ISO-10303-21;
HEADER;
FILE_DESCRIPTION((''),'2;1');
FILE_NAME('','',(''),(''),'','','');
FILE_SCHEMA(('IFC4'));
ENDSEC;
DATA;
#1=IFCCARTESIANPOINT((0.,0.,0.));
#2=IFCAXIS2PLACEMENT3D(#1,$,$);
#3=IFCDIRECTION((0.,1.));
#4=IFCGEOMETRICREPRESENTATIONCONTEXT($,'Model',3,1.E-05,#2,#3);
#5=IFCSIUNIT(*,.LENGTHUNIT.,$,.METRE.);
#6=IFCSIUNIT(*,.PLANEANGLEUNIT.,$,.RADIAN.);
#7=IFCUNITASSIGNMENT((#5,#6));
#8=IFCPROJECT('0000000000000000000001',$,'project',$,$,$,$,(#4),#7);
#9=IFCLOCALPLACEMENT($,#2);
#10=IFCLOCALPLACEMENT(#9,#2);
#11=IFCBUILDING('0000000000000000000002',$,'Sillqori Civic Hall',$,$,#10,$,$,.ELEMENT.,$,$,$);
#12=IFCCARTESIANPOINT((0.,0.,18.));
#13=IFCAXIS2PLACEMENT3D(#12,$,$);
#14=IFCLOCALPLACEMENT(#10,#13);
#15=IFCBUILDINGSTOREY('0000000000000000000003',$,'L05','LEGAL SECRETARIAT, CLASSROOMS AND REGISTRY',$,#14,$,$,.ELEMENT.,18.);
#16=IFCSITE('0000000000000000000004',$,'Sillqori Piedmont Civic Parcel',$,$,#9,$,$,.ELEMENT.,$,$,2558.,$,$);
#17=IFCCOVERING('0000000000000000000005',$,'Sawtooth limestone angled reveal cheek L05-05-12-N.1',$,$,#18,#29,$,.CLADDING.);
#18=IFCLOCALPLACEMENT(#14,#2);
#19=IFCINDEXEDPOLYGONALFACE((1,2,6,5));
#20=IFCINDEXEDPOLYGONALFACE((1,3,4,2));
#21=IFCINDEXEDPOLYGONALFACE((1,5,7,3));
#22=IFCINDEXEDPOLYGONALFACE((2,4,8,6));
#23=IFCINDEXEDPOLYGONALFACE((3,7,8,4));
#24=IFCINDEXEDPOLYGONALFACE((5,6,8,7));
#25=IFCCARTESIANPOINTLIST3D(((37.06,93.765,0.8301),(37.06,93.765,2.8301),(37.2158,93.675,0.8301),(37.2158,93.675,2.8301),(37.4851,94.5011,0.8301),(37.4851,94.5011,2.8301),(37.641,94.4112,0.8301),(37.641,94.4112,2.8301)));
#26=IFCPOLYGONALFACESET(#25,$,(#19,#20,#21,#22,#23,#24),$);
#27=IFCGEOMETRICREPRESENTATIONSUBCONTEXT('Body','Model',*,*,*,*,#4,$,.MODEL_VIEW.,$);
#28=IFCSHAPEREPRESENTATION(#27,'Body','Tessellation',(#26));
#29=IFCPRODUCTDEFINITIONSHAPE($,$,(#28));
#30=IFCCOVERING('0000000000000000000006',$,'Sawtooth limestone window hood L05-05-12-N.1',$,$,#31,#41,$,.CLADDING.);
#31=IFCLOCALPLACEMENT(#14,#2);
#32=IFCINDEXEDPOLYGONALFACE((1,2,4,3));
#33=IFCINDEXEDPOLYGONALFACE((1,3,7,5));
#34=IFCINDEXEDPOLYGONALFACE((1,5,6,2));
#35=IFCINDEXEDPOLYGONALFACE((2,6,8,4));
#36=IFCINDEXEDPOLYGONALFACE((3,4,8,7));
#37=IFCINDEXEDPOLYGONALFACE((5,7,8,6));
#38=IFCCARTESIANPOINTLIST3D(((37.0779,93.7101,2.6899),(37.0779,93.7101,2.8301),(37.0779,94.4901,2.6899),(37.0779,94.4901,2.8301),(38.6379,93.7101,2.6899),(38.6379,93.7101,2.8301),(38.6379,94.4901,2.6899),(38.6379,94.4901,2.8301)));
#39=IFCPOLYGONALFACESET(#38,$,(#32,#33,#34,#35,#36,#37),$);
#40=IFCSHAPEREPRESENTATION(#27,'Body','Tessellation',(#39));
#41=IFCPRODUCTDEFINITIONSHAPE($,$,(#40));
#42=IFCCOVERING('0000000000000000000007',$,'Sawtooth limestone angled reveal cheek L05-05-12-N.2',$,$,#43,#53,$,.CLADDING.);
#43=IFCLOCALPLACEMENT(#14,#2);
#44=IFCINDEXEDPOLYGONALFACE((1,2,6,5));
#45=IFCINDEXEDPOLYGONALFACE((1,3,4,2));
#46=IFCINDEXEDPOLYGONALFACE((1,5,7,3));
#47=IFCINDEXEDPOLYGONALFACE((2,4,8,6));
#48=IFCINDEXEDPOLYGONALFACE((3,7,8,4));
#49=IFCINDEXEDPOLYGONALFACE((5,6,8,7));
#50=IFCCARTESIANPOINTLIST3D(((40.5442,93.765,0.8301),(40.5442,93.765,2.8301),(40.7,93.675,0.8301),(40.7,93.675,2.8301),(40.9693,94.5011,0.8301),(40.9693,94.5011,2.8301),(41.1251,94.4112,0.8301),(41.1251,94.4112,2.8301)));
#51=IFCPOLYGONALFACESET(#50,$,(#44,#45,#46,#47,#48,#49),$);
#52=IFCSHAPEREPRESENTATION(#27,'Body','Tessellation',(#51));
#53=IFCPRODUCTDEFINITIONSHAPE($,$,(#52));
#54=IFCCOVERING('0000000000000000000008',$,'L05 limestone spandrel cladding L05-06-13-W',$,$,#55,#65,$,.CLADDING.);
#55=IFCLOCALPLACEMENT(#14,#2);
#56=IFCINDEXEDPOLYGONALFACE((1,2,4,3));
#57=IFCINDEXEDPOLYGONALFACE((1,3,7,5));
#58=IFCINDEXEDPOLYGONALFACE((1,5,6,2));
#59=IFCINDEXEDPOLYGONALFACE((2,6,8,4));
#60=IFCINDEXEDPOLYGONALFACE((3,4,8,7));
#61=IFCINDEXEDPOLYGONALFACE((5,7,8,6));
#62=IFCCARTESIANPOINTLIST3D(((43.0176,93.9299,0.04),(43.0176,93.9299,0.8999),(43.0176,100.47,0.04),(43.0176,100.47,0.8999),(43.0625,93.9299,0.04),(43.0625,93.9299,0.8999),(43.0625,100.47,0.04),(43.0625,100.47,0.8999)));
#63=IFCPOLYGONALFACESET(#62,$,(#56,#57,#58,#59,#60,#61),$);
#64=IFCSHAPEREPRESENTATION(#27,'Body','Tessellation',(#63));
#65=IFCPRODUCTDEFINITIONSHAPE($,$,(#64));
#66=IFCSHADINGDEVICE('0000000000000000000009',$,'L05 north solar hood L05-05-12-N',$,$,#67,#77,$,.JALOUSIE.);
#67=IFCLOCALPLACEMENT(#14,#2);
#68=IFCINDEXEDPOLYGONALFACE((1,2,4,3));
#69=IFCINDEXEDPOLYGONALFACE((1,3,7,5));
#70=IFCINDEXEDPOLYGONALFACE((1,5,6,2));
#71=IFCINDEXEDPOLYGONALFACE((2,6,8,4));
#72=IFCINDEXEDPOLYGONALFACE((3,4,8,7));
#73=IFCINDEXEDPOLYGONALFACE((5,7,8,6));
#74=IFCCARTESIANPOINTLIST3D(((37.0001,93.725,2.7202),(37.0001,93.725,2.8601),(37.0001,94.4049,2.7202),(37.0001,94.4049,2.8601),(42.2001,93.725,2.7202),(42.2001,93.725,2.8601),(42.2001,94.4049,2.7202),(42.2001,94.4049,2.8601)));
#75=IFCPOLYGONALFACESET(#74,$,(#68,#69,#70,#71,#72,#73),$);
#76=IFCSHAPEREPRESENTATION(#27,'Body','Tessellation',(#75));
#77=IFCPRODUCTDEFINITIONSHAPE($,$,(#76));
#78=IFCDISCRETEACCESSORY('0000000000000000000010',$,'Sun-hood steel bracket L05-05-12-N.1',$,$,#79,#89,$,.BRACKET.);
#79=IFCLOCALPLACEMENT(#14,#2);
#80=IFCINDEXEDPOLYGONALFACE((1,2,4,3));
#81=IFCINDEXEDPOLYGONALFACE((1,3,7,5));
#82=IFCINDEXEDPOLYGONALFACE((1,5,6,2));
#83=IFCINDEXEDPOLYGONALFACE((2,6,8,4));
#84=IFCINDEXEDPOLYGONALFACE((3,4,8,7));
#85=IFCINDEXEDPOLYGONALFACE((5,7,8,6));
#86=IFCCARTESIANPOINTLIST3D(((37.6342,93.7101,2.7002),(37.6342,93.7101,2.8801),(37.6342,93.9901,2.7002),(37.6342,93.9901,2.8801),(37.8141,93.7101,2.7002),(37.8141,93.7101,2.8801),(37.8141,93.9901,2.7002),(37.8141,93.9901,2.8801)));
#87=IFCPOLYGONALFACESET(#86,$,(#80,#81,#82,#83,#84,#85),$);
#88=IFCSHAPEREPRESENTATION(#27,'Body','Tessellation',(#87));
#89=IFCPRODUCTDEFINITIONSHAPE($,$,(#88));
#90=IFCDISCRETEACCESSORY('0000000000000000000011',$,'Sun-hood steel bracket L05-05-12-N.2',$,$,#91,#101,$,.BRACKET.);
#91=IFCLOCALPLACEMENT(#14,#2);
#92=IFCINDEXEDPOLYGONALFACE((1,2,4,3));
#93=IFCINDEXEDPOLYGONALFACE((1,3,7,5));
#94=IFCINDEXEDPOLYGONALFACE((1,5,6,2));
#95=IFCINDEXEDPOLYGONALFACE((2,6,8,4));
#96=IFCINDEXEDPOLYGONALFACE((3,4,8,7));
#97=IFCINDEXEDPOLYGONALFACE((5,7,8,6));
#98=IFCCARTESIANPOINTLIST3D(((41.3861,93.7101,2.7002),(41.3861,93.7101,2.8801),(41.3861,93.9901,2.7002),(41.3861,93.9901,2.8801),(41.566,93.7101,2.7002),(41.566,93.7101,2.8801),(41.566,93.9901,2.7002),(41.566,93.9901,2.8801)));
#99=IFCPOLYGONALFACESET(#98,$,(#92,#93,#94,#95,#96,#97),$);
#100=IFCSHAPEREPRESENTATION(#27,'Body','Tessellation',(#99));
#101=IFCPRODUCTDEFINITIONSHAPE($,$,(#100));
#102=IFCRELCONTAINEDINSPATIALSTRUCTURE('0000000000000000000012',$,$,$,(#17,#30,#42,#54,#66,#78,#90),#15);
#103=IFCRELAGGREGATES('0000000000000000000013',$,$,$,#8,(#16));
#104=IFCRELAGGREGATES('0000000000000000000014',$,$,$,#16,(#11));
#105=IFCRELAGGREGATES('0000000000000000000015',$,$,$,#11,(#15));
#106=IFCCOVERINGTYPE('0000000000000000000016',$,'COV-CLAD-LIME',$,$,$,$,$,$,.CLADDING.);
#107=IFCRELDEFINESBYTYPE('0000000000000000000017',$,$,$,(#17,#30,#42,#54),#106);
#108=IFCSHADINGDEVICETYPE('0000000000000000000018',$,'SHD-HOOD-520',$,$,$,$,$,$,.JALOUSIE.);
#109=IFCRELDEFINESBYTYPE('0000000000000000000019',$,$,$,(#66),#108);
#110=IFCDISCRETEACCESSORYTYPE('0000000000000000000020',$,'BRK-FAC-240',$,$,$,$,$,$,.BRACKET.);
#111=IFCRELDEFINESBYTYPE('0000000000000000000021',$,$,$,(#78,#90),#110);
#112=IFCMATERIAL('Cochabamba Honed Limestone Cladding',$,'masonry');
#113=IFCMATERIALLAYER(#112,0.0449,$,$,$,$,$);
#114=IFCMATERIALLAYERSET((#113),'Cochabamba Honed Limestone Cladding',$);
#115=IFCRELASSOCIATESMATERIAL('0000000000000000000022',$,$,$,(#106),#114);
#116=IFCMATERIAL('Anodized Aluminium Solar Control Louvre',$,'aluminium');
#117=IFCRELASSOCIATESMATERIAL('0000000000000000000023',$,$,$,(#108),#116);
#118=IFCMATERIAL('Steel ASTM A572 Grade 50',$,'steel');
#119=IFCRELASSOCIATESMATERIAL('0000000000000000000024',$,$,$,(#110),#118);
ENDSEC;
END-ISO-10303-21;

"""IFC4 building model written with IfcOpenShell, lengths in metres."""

from ifc_helpers import new_model, si_unit, direction, frame, frame_2d, origin, origin_2d, place, context, subcontext, project, spatial, rectangle, extrude, material, layer, layer_set, type_object, element, save


model = new_model("IFC4")

# Units and contexts
model_context = context("Model", 3, precision=1e-05, world=origin(), true_north=direction((0.0, 1.0)))
body_context = subcontext(model_context, "Body", "Model", "MODEL_VIEW")
ifc_project = project(units=[si_unit("LENGTHUNIT", "METRE"), si_unit("PLANEANGLEUNIT", "RADIAN")], contexts=[model_context])

# Site, building, storey
site_placement = place(None, origin())
site = spatial("IfcSite", under=ifc_project, at=site_placement, Name="Sillqori Piedmont Civic Parcel", CompositionType="ELEMENT", RefElevation=2558.0)
building_placement = place(site_placement, origin())
building = spatial("IfcBuilding", under=site, at=building_placement, Name="Sillqori Civic Hall", CompositionType="ELEMENT")
storey_placement = place(building_placement, frame((0.0, 0.0, 18.0)))
storey = spatial("IfcBuildingStorey", under=building, at=storey_placement, Name="L05", Description="LEGAL SECRETARIAT, CLASSROOMS AND REGISTRY", CompositionType="ELEMENT", Elevation=18.0)

# Coverings
ifc_material_1 = material(Name="Cochabamba Honed Limestone Cladding", Category="masonry")
ifc_layer_1 = layer(ifc_material_1, 0.0449)
ifc_layer_set_1 = layer_set([ifc_layer_1], Name="Cochabamba Honed Limestone Cladding")
covering_type = type_object("IfcCoveringType", Name="COV-CLAD-LIME", PredefinedType="CLADDING", material=ifc_layer_set_1)
covering_1_placement = place(storey_placement, frame((37.1379, 93.72, 0.8301), z_axis=(0.0, 0.0, 1.0), x_axis=(0.500062, 0.865989, 0.0)))
element("IfcCovering", 1, at=covering_1_placement, inside=storey, type_object=covering_type, Name="Sawtooth limestone angled reveal cheek L05-05-12-N.1", PredefinedType="CLADDING", context=body_context, shape_type="SweptSolid", body=[
    extrude(rectangle(XDim=0.8501, YDim=0.1799, at=frame_2d((0.425, 0.0))), origin(), (0.0, 0.0, 1.0), 2.0),
])
covering_2_placement = place(storey_placement, frame((37.0779, 94.1001, 2.6899), z_axis=(0.0, 0.0, 1.0), x_axis=(1.0, 0.0, 0.0)))
element("IfcCovering", 2, at=covering_2_placement, inside=storey, type_object=covering_type, Name="Sawtooth limestone window hood L05-05-12-N.1", PredefinedType="CLADDING", context=body_context, shape_type="SweptSolid", body=[
    extrude(rectangle(XDim=1.5601, YDim=0.78, at=frame_2d((0.78, 0.0))), origin(), (0.0, 0.0, 1.0), 0.1401),
])
covering_3_placement = place(storey_placement, frame((40.6221, 93.72, 0.8301), z_axis=(0.0, 0.0, 1.0), x_axis=(0.500062, 0.865989, 0.0)))
element("IfcCovering", 3, at=covering_3_placement, inside=storey, type_object=covering_type, Name="Sawtooth limestone angled reveal cheek L05-05-12-N.2", PredefinedType="CLADDING", context=body_context, shape_type="SweptSolid", body=[
    extrude(rectangle(XDim=0.8501, YDim=0.1799, at=frame_2d((0.425, 0.0))), origin(), (0.0, 0.0, 1.0), 2.0),
])
covering_4_placement = place(storey_placement, frame((43.04, 93.9299, 0.04), z_axis=(0.0, 0.0, 1.0), x_axis=(0.0, 1.0, 0.0)))
element("IfcCovering", 4, at=covering_4_placement, inside=storey, type_object=covering_type, Name="L05 limestone spandrel cladding L05-06-13-W", PredefinedType="CLADDING", context=body_context, shape_type="SweptSolid", body=[
    extrude(rectangle(XDim=6.54, YDim=0.0449, at=frame_2d((3.27, 0.0))), origin(), (0.0, 0.0, 1.0), 0.8599),
])

# Shading device
ifc_material_2 = material(Name="Anodized Aluminium Solar Control Louvre", Category="aluminium")
shading_device_type = type_object("IfcShadingDeviceType", Name="SHD-HOOD-520", PredefinedType="JALOUSIE", material=ifc_material_2)
shading_device_placement = place(storey_placement, frame((39.6001, 94.0649, 2.7202), z_axis=(0.0, 0.0, 1.0), x_axis=(1.0, 0.0, 0.0)))
element("IfcShadingDevice", 5, at=shading_device_placement, inside=storey, type_object=shading_device_type, Name="L05 north solar hood L05-05-12-N", PredefinedType="JALOUSIE", context=body_context, shape_type="SweptSolid", body=[
    extrude(rectangle(XDim=5.2, YDim=0.6799, at=origin_2d()), origin(), (0.0, 0.0, 1.0), 0.1399),
])

# Discrete accessories
ifc_material_3 = material(Name="Steel ASTM A572 Grade 50", Category="steel")
discrete_accessory_type = type_object("IfcDiscreteAccessoryType", Name="BRK-FAC-240", PredefinedType="BRACKET", material=ifc_material_3)
for number, where, z_axis, x_axis, name in (
    (6, (37.7241, 93.8501, 2.7002), (0.0, 0.0, 1.0), (1.0, 0.0, 0.0), "Sun-hood steel bracket L05-05-12-N.1"),
    (7, (41.4761, 93.8501, 2.7002), (0.0, 0.0, 1.0), (1.0, 0.0, 0.0), "Sun-hood steel bracket L05-05-12-N.2"),
):
    element("IfcDiscreteAccessory", number, at=place(storey_placement, frame(where, z_axis=z_axis, x_axis=x_axis)), inside=storey, type_object=discrete_accessory_type, Name=name, PredefinedType="BRACKET", context=body_context, shape_type="SweptSolid", body=[
        extrude(rectangle(XDim=0.1799, YDim=0.28, at=origin_2d()), origin(), (0.0, 0.0, 1.0), 0.1799),
    ])

save(model, "model.ifc")
